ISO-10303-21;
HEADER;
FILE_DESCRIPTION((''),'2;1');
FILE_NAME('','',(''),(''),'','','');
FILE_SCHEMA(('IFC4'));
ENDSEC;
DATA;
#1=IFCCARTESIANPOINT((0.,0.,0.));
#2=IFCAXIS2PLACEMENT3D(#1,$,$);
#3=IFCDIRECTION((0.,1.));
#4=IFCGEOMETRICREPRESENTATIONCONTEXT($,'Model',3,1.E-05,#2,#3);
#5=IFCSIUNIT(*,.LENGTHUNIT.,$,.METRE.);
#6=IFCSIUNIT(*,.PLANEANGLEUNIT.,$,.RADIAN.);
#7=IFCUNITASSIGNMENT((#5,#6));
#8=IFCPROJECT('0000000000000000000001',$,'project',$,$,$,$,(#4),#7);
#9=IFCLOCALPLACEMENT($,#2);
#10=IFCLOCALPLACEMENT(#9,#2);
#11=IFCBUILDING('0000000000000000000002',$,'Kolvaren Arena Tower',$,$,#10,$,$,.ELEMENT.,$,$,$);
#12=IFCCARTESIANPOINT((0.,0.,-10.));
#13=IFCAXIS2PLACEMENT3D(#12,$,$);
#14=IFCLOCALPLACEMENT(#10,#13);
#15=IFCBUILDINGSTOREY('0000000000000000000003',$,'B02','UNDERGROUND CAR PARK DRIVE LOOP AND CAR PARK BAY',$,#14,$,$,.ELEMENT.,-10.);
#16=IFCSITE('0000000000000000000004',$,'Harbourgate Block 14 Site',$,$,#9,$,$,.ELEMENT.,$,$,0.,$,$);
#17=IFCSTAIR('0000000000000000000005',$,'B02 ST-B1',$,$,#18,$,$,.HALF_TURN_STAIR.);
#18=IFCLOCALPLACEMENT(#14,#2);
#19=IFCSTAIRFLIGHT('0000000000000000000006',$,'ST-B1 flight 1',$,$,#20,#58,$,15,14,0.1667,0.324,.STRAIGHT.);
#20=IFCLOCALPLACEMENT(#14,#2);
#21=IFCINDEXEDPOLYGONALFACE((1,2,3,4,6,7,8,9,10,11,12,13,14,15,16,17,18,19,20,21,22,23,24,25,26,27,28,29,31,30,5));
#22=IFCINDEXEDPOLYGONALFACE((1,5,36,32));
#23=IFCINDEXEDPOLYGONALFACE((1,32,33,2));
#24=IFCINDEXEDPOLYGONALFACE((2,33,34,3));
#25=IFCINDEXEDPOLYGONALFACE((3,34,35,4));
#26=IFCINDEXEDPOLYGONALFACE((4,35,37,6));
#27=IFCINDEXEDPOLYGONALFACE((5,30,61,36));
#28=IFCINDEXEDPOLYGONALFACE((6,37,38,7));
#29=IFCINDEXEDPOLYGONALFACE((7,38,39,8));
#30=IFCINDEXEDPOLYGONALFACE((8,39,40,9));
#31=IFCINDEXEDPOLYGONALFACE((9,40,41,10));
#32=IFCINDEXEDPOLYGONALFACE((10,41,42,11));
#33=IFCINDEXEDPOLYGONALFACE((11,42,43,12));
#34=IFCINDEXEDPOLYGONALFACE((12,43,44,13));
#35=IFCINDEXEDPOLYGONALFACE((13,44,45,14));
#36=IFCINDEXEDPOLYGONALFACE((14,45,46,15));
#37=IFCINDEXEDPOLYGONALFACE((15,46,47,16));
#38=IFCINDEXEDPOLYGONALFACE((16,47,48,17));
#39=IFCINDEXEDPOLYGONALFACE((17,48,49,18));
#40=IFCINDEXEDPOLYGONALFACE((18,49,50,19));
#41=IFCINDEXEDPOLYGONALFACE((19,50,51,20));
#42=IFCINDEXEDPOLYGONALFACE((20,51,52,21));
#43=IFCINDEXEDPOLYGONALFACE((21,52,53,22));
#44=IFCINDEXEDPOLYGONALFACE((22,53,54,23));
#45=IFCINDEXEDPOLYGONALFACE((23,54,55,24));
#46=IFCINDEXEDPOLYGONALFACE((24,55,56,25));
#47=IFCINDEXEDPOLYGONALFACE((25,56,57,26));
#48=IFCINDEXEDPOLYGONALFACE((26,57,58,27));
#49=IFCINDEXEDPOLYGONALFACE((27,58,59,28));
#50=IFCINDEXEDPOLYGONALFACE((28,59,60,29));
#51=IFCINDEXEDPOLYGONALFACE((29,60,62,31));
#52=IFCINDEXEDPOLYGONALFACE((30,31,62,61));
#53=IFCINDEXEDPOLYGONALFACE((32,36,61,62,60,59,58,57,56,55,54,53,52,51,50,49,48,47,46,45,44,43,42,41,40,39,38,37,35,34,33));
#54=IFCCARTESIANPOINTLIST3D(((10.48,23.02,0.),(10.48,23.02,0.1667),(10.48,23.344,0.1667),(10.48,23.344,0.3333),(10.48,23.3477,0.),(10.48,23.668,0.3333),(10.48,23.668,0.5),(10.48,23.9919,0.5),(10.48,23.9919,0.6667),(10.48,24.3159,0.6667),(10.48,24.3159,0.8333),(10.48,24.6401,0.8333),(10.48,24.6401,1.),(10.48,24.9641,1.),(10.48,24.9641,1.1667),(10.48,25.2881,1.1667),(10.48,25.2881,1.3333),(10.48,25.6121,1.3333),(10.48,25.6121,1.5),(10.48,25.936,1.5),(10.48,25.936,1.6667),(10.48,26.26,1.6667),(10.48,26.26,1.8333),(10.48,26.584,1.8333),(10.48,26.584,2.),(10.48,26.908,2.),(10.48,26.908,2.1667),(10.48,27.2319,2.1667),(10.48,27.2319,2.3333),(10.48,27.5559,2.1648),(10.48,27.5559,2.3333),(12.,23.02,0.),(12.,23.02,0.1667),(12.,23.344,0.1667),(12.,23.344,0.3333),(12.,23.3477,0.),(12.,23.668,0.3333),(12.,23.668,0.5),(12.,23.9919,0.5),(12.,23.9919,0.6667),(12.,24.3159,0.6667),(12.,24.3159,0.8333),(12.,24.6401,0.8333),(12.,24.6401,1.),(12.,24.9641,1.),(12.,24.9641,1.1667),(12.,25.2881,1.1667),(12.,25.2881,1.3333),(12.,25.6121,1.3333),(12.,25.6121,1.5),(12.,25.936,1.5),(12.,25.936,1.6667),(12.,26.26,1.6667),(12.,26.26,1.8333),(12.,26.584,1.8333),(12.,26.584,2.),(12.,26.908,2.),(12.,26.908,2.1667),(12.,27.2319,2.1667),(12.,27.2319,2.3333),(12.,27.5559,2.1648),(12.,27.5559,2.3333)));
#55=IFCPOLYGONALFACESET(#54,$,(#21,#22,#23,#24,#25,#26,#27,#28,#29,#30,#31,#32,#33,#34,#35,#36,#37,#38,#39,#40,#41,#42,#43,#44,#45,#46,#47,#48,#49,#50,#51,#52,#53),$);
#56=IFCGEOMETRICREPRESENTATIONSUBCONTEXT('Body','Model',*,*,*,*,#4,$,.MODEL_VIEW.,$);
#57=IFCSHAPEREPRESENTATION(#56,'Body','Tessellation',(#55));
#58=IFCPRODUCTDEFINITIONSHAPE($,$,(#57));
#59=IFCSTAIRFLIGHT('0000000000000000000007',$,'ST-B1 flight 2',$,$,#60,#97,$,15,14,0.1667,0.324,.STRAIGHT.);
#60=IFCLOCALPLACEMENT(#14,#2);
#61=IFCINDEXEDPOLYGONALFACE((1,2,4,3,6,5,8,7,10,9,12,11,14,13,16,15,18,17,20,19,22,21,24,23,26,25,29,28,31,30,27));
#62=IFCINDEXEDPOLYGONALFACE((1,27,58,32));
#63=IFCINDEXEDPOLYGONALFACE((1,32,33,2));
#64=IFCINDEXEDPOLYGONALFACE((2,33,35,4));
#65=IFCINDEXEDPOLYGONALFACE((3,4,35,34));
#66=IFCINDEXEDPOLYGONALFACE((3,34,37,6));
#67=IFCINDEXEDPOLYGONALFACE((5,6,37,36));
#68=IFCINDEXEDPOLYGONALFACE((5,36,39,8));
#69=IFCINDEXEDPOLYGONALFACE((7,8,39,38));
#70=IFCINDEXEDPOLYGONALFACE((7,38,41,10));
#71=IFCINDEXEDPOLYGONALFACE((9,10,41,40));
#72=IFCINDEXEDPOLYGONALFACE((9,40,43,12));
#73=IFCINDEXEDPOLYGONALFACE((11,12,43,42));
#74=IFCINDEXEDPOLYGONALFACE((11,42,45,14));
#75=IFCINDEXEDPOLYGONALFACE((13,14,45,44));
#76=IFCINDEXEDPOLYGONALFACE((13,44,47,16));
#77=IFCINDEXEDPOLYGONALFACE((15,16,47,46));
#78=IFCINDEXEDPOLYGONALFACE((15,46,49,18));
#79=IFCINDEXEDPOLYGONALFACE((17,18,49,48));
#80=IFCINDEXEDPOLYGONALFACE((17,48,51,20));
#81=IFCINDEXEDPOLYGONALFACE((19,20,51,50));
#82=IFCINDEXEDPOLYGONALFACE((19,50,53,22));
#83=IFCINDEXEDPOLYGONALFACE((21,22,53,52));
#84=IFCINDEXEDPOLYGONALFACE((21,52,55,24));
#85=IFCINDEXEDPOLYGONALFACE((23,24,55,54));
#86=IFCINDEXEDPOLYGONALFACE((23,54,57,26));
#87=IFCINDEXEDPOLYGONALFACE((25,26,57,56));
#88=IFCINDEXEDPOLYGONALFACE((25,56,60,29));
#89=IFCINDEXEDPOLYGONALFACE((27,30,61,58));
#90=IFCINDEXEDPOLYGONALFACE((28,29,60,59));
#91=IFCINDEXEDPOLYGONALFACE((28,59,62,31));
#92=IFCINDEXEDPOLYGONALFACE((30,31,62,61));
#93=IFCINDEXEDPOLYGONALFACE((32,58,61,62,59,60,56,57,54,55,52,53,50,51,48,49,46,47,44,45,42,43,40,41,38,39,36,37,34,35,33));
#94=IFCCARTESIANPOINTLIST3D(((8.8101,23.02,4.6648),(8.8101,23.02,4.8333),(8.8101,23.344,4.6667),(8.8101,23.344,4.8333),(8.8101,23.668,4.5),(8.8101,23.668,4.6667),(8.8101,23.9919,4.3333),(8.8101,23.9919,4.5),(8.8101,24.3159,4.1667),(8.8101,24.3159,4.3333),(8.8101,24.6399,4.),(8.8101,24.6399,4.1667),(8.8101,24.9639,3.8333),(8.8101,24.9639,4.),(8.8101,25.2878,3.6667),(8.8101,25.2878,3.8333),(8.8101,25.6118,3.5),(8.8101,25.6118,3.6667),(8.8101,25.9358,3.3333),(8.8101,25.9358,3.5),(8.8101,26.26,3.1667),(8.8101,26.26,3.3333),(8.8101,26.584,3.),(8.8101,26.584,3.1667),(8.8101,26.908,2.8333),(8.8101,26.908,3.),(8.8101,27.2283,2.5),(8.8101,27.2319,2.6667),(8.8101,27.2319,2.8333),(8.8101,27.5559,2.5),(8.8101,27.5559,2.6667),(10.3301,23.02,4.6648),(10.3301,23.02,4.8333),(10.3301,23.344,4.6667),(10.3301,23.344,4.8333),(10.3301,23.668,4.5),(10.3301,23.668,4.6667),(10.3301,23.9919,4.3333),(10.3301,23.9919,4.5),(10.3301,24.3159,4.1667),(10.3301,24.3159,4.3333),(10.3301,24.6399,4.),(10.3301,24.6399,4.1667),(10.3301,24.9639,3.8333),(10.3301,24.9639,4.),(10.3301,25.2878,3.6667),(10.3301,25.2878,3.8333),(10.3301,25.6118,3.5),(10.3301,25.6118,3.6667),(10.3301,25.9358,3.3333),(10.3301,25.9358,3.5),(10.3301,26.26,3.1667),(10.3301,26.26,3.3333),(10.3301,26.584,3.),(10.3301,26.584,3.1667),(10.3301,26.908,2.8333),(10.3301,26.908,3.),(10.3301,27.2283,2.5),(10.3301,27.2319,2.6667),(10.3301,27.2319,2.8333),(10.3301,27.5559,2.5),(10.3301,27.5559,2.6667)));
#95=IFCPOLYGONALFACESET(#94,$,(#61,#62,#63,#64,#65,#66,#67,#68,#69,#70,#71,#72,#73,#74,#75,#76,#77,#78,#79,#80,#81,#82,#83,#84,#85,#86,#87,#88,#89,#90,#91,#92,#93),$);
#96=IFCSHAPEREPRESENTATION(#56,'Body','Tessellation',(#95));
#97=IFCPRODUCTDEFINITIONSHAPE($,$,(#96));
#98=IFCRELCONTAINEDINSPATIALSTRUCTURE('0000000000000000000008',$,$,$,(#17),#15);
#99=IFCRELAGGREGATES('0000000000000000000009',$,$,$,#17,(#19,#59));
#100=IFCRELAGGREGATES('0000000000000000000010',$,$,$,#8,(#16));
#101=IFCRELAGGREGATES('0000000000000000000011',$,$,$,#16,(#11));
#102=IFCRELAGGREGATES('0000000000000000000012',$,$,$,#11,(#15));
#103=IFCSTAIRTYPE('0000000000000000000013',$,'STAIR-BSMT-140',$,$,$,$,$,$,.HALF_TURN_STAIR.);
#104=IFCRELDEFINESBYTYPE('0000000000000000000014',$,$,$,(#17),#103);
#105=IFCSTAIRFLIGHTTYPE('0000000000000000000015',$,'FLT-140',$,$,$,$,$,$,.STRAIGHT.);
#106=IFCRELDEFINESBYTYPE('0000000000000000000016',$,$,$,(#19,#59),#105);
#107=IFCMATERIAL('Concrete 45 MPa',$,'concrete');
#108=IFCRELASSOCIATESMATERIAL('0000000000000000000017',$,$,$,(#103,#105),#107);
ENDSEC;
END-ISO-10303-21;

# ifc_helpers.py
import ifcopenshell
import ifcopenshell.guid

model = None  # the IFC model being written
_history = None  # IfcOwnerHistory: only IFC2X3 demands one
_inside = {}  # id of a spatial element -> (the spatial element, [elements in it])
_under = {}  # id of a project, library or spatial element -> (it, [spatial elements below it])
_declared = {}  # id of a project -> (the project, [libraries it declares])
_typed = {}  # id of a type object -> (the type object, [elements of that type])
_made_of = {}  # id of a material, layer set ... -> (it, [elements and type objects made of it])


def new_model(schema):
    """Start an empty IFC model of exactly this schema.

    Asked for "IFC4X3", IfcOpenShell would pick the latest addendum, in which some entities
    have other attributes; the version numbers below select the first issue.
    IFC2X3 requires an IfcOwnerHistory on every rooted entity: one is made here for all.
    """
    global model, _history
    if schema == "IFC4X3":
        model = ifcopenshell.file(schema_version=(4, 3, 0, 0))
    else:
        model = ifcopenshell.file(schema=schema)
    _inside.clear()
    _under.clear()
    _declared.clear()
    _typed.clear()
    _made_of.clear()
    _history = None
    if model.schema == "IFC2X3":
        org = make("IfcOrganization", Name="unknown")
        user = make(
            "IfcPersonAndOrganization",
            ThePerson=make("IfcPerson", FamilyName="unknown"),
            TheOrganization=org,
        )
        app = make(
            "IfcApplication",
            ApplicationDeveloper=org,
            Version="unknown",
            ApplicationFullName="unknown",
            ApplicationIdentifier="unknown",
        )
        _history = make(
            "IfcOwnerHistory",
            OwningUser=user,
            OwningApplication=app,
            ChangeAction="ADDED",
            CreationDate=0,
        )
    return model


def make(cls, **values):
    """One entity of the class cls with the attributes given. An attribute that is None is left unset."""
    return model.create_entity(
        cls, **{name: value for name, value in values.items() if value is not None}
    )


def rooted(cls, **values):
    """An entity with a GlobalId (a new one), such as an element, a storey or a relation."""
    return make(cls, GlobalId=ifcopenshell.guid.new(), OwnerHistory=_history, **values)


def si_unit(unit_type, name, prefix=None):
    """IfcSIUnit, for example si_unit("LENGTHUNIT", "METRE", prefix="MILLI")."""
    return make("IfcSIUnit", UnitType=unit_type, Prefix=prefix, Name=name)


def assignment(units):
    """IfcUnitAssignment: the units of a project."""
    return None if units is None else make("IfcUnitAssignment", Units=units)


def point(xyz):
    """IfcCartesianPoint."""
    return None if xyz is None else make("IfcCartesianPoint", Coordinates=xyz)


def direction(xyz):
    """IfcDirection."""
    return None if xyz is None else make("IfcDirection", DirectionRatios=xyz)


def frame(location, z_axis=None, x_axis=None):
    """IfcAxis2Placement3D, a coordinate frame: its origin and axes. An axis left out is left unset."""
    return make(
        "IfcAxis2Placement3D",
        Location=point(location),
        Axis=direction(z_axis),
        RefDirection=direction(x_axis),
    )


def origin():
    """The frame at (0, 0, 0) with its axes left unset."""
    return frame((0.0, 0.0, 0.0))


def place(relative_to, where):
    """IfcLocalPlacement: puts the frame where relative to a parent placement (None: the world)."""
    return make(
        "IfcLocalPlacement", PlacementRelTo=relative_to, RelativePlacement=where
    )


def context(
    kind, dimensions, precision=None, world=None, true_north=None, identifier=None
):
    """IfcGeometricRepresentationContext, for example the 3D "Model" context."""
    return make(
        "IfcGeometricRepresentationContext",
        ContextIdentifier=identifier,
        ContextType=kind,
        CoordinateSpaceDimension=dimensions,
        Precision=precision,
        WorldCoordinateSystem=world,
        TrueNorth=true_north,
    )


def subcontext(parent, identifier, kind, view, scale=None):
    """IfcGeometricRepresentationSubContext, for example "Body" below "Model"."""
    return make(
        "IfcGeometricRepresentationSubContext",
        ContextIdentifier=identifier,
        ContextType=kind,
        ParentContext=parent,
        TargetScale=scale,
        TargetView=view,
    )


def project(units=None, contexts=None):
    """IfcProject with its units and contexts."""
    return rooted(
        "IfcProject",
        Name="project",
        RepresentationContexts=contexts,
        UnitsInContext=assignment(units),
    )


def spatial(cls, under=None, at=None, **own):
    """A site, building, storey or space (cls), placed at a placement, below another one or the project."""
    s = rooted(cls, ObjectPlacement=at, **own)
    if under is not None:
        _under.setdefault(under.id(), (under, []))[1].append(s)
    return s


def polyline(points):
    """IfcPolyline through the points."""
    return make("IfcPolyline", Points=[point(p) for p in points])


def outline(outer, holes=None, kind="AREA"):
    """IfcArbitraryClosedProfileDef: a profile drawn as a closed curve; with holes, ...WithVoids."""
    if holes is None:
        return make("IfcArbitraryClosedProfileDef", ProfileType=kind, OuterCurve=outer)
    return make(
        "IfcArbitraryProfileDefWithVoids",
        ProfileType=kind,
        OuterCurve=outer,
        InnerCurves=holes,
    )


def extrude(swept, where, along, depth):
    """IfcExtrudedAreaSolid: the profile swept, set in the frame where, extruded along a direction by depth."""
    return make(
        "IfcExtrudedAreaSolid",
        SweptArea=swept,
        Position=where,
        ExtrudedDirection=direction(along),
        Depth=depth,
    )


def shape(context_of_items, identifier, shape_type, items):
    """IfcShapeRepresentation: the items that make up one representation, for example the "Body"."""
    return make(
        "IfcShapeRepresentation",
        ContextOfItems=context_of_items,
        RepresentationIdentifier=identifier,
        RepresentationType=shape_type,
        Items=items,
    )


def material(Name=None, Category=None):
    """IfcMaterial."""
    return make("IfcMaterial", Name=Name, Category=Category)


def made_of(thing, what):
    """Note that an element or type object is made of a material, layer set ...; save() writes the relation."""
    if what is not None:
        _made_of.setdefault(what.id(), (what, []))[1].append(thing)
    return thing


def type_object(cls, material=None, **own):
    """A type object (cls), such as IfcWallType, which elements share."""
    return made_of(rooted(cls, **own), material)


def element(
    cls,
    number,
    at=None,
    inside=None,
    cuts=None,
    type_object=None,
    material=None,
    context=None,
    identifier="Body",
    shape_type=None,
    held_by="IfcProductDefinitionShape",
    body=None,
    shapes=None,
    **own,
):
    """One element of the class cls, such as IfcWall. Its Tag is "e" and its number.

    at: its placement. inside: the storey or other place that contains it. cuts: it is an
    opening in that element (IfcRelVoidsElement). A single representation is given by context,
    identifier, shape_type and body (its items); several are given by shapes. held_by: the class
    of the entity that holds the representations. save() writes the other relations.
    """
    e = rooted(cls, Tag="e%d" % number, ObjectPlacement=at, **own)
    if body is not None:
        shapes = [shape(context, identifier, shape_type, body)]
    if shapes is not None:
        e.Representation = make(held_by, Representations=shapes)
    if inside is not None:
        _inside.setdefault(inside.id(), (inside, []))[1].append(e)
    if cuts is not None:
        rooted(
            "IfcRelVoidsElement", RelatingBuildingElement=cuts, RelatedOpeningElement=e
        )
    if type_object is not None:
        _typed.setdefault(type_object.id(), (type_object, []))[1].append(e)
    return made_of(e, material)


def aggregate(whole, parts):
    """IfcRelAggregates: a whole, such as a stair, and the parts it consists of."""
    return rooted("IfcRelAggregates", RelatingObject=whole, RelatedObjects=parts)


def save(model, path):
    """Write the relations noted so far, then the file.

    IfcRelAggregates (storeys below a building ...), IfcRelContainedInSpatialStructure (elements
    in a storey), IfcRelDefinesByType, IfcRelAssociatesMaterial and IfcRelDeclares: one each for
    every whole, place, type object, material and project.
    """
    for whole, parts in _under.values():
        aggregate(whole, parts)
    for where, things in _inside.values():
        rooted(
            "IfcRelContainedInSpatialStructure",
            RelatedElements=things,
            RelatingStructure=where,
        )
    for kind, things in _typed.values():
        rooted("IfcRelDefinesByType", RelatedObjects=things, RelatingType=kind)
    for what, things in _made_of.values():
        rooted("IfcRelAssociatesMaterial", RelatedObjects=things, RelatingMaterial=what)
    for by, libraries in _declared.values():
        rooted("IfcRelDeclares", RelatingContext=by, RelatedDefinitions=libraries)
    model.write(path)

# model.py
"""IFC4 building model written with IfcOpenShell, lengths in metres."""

from ifc_helpers import new_model, si_unit, direction, frame, origin, place, context, subcontext, project, spatial, polyline, outline, extrude, material, type_object, element, aggregate, save


model = new_model("IFC4")

# Units and contexts
model_context = context("Model", 3, precision=1e-05, world=origin(), true_north=direction((0.0, 1.0)))
body_context = subcontext(model_context, "Body", "Model", "MODEL_VIEW")
ifc_project = project(units=[si_unit("LENGTHUNIT", "METRE"), si_unit("PLANEANGLEUNIT", "RADIAN")], contexts=[model_context])

# Site, building, storey
site_placement = place(None, origin())
site = spatial("IfcSite", under=ifc_project, at=site_placement, Name="Harbourgate Block 14 Site", CompositionType="ELEMENT", RefElevation=0.0)
building_placement = place(site_placement, origin())
building = spatial("IfcBuilding", under=site, at=building_placement, Name="Kolvaren Arena Tower", CompositionType="ELEMENT")
storey_placement = place(building_placement, frame((0.0, 0.0, -10.0)))
storey = spatial("IfcBuildingStorey", under=building, at=storey_placement, Name="B02", Description="UNDERGROUND CAR PARK DRIVE LOOP AND CAR PARK BAY", CompositionType="ELEMENT", Elevation=-10.0)

# Shared definitions
ifc_material_1 = material(Name="Concrete 45 MPa", Category="concrete")

# Stair, stair flights
stair_type = type_object("IfcStairType", Name="STAIR-BSMT-140", PredefinedType="HALF_TURN_STAIR", material=ifc_material_1)
stair_placement = place(storey_placement, origin())
stair = element("IfcStair", 1, at=stair_placement, inside=storey, type_object=stair_type, Name="B02 ST-B1", PredefinedType="HALF_TURN_STAIR")
stair_flight_type = type_object("IfcStairFlightType", Name="FLT-140", PredefinedType="STRAIGHT", material=ifc_material_1)
stair_flight_1_placement = place(storey_placement, frame((11.24, 23.02, 0.0), z_axis=(0.0, 0.0, 1.0), x_axis=(0.0, 1.0, 0.0)))
stair_flight_1 = element("IfcStairFlight", 2, at=stair_flight_1_placement, type_object=stair_flight_type, Name="ST-B1 flight 1", NumberOfRisers=15, NumberOfTreads=14, PredefinedType="STRAIGHT", RiserHeight=0.1667, TreadLength=0.324, context=body_context, shape_type="SweptSolid", body=[
    extrude(outline(polyline([(0.0, 0.0), (0.0, 0.1667), (0.324, 0.1667), (0.324, 0.3333), (0.6479, 0.3333), (0.6479, 0.5), (0.9719, 0.5), (0.9719, 0.6667), (1.2959, 0.6667), (1.2959, 0.8333), (1.6201, 0.8333), (1.6201, 1.0), (1.9441, 1.0), (1.9441, 1.1667), (2.2681, 1.1667), (2.2681, 1.3333), (2.592, 1.3333), (2.592, 1.5), (2.916, 1.5), (2.916, 1.6667), (3.24, 1.6667), (3.24, 1.8333), (3.564, 1.8333), (3.564, 2.0), (3.8879, 2.0), (3.8879, 2.1667), (4.2119, 2.1667), (4.2119, 2.3333), (4.5359, 2.3333), (4.5359, 2.5), (4.5359, 2.1648), (0.3276, 0.0), (0.0, 0.0)])), frame((0.0, 0.76, 0.0), z_axis=(0.0, -1.0, 0.0), x_axis=(1.0, 0.0, 0.0)), (0.0, 0.0, 1.0), 1.52),
])
stair_flight_2_placement = place(storey_placement, frame((9.5701, 27.5559, 2.5), z_axis=(0.0, 0.0, 1.0), x_axis=(0.0, -1.0, 0.0)))
stair_flight_2 = element("IfcStairFlight", 3, at=stair_flight_2_placement, type_object=stair_flight_type, Name="ST-B1 flight 2", NumberOfRisers=15, NumberOfTreads=14, PredefinedType="STRAIGHT", RiserHeight=0.1667, TreadLength=0.324, context=body_context, shape_type="SweptSolid", body=[
    extrude(outline(polyline([(0.0, 0.0), (0.0, 0.1667), (0.324, 0.1667), (0.324, 0.3333), (0.6479, 0.3333), (0.6479, 0.5), (0.9719, 0.5), (0.9719, 0.6667), (1.2959, 0.6667), (1.2959, 0.8333), (1.6201, 0.8333), (1.6201, 1.0), (1.9441, 1.0), (1.9441, 1.1667), (2.2681, 1.1667), (2.2681, 1.3333), (2.592, 1.3333), (2.592, 1.5), (2.916, 1.5), (2.916, 1.6667), (3.24, 1.6667), (3.24, 1.8333), (3.564, 1.8333), (3.564, 2.0), (3.8879, 2.0), (3.8879, 2.1667), (4.2119, 2.1667), (4.2119, 2.3333), (4.5359, 2.3333), (4.5359, 2.5), (4.5359, 2.1648), (0.3276, 0.0), (0.0, 0.0)])), frame((0.0, 0.76, 0.0), z_axis=(0.0, -1.0, 0.0), x_axis=(1.0, 0.0, 0.0)), (0.0, 0.0, 1.0), 1.52),
])
aggregate(stair, [stair_flight_1, stair_flight_2])

save(model, "model.ifc")
